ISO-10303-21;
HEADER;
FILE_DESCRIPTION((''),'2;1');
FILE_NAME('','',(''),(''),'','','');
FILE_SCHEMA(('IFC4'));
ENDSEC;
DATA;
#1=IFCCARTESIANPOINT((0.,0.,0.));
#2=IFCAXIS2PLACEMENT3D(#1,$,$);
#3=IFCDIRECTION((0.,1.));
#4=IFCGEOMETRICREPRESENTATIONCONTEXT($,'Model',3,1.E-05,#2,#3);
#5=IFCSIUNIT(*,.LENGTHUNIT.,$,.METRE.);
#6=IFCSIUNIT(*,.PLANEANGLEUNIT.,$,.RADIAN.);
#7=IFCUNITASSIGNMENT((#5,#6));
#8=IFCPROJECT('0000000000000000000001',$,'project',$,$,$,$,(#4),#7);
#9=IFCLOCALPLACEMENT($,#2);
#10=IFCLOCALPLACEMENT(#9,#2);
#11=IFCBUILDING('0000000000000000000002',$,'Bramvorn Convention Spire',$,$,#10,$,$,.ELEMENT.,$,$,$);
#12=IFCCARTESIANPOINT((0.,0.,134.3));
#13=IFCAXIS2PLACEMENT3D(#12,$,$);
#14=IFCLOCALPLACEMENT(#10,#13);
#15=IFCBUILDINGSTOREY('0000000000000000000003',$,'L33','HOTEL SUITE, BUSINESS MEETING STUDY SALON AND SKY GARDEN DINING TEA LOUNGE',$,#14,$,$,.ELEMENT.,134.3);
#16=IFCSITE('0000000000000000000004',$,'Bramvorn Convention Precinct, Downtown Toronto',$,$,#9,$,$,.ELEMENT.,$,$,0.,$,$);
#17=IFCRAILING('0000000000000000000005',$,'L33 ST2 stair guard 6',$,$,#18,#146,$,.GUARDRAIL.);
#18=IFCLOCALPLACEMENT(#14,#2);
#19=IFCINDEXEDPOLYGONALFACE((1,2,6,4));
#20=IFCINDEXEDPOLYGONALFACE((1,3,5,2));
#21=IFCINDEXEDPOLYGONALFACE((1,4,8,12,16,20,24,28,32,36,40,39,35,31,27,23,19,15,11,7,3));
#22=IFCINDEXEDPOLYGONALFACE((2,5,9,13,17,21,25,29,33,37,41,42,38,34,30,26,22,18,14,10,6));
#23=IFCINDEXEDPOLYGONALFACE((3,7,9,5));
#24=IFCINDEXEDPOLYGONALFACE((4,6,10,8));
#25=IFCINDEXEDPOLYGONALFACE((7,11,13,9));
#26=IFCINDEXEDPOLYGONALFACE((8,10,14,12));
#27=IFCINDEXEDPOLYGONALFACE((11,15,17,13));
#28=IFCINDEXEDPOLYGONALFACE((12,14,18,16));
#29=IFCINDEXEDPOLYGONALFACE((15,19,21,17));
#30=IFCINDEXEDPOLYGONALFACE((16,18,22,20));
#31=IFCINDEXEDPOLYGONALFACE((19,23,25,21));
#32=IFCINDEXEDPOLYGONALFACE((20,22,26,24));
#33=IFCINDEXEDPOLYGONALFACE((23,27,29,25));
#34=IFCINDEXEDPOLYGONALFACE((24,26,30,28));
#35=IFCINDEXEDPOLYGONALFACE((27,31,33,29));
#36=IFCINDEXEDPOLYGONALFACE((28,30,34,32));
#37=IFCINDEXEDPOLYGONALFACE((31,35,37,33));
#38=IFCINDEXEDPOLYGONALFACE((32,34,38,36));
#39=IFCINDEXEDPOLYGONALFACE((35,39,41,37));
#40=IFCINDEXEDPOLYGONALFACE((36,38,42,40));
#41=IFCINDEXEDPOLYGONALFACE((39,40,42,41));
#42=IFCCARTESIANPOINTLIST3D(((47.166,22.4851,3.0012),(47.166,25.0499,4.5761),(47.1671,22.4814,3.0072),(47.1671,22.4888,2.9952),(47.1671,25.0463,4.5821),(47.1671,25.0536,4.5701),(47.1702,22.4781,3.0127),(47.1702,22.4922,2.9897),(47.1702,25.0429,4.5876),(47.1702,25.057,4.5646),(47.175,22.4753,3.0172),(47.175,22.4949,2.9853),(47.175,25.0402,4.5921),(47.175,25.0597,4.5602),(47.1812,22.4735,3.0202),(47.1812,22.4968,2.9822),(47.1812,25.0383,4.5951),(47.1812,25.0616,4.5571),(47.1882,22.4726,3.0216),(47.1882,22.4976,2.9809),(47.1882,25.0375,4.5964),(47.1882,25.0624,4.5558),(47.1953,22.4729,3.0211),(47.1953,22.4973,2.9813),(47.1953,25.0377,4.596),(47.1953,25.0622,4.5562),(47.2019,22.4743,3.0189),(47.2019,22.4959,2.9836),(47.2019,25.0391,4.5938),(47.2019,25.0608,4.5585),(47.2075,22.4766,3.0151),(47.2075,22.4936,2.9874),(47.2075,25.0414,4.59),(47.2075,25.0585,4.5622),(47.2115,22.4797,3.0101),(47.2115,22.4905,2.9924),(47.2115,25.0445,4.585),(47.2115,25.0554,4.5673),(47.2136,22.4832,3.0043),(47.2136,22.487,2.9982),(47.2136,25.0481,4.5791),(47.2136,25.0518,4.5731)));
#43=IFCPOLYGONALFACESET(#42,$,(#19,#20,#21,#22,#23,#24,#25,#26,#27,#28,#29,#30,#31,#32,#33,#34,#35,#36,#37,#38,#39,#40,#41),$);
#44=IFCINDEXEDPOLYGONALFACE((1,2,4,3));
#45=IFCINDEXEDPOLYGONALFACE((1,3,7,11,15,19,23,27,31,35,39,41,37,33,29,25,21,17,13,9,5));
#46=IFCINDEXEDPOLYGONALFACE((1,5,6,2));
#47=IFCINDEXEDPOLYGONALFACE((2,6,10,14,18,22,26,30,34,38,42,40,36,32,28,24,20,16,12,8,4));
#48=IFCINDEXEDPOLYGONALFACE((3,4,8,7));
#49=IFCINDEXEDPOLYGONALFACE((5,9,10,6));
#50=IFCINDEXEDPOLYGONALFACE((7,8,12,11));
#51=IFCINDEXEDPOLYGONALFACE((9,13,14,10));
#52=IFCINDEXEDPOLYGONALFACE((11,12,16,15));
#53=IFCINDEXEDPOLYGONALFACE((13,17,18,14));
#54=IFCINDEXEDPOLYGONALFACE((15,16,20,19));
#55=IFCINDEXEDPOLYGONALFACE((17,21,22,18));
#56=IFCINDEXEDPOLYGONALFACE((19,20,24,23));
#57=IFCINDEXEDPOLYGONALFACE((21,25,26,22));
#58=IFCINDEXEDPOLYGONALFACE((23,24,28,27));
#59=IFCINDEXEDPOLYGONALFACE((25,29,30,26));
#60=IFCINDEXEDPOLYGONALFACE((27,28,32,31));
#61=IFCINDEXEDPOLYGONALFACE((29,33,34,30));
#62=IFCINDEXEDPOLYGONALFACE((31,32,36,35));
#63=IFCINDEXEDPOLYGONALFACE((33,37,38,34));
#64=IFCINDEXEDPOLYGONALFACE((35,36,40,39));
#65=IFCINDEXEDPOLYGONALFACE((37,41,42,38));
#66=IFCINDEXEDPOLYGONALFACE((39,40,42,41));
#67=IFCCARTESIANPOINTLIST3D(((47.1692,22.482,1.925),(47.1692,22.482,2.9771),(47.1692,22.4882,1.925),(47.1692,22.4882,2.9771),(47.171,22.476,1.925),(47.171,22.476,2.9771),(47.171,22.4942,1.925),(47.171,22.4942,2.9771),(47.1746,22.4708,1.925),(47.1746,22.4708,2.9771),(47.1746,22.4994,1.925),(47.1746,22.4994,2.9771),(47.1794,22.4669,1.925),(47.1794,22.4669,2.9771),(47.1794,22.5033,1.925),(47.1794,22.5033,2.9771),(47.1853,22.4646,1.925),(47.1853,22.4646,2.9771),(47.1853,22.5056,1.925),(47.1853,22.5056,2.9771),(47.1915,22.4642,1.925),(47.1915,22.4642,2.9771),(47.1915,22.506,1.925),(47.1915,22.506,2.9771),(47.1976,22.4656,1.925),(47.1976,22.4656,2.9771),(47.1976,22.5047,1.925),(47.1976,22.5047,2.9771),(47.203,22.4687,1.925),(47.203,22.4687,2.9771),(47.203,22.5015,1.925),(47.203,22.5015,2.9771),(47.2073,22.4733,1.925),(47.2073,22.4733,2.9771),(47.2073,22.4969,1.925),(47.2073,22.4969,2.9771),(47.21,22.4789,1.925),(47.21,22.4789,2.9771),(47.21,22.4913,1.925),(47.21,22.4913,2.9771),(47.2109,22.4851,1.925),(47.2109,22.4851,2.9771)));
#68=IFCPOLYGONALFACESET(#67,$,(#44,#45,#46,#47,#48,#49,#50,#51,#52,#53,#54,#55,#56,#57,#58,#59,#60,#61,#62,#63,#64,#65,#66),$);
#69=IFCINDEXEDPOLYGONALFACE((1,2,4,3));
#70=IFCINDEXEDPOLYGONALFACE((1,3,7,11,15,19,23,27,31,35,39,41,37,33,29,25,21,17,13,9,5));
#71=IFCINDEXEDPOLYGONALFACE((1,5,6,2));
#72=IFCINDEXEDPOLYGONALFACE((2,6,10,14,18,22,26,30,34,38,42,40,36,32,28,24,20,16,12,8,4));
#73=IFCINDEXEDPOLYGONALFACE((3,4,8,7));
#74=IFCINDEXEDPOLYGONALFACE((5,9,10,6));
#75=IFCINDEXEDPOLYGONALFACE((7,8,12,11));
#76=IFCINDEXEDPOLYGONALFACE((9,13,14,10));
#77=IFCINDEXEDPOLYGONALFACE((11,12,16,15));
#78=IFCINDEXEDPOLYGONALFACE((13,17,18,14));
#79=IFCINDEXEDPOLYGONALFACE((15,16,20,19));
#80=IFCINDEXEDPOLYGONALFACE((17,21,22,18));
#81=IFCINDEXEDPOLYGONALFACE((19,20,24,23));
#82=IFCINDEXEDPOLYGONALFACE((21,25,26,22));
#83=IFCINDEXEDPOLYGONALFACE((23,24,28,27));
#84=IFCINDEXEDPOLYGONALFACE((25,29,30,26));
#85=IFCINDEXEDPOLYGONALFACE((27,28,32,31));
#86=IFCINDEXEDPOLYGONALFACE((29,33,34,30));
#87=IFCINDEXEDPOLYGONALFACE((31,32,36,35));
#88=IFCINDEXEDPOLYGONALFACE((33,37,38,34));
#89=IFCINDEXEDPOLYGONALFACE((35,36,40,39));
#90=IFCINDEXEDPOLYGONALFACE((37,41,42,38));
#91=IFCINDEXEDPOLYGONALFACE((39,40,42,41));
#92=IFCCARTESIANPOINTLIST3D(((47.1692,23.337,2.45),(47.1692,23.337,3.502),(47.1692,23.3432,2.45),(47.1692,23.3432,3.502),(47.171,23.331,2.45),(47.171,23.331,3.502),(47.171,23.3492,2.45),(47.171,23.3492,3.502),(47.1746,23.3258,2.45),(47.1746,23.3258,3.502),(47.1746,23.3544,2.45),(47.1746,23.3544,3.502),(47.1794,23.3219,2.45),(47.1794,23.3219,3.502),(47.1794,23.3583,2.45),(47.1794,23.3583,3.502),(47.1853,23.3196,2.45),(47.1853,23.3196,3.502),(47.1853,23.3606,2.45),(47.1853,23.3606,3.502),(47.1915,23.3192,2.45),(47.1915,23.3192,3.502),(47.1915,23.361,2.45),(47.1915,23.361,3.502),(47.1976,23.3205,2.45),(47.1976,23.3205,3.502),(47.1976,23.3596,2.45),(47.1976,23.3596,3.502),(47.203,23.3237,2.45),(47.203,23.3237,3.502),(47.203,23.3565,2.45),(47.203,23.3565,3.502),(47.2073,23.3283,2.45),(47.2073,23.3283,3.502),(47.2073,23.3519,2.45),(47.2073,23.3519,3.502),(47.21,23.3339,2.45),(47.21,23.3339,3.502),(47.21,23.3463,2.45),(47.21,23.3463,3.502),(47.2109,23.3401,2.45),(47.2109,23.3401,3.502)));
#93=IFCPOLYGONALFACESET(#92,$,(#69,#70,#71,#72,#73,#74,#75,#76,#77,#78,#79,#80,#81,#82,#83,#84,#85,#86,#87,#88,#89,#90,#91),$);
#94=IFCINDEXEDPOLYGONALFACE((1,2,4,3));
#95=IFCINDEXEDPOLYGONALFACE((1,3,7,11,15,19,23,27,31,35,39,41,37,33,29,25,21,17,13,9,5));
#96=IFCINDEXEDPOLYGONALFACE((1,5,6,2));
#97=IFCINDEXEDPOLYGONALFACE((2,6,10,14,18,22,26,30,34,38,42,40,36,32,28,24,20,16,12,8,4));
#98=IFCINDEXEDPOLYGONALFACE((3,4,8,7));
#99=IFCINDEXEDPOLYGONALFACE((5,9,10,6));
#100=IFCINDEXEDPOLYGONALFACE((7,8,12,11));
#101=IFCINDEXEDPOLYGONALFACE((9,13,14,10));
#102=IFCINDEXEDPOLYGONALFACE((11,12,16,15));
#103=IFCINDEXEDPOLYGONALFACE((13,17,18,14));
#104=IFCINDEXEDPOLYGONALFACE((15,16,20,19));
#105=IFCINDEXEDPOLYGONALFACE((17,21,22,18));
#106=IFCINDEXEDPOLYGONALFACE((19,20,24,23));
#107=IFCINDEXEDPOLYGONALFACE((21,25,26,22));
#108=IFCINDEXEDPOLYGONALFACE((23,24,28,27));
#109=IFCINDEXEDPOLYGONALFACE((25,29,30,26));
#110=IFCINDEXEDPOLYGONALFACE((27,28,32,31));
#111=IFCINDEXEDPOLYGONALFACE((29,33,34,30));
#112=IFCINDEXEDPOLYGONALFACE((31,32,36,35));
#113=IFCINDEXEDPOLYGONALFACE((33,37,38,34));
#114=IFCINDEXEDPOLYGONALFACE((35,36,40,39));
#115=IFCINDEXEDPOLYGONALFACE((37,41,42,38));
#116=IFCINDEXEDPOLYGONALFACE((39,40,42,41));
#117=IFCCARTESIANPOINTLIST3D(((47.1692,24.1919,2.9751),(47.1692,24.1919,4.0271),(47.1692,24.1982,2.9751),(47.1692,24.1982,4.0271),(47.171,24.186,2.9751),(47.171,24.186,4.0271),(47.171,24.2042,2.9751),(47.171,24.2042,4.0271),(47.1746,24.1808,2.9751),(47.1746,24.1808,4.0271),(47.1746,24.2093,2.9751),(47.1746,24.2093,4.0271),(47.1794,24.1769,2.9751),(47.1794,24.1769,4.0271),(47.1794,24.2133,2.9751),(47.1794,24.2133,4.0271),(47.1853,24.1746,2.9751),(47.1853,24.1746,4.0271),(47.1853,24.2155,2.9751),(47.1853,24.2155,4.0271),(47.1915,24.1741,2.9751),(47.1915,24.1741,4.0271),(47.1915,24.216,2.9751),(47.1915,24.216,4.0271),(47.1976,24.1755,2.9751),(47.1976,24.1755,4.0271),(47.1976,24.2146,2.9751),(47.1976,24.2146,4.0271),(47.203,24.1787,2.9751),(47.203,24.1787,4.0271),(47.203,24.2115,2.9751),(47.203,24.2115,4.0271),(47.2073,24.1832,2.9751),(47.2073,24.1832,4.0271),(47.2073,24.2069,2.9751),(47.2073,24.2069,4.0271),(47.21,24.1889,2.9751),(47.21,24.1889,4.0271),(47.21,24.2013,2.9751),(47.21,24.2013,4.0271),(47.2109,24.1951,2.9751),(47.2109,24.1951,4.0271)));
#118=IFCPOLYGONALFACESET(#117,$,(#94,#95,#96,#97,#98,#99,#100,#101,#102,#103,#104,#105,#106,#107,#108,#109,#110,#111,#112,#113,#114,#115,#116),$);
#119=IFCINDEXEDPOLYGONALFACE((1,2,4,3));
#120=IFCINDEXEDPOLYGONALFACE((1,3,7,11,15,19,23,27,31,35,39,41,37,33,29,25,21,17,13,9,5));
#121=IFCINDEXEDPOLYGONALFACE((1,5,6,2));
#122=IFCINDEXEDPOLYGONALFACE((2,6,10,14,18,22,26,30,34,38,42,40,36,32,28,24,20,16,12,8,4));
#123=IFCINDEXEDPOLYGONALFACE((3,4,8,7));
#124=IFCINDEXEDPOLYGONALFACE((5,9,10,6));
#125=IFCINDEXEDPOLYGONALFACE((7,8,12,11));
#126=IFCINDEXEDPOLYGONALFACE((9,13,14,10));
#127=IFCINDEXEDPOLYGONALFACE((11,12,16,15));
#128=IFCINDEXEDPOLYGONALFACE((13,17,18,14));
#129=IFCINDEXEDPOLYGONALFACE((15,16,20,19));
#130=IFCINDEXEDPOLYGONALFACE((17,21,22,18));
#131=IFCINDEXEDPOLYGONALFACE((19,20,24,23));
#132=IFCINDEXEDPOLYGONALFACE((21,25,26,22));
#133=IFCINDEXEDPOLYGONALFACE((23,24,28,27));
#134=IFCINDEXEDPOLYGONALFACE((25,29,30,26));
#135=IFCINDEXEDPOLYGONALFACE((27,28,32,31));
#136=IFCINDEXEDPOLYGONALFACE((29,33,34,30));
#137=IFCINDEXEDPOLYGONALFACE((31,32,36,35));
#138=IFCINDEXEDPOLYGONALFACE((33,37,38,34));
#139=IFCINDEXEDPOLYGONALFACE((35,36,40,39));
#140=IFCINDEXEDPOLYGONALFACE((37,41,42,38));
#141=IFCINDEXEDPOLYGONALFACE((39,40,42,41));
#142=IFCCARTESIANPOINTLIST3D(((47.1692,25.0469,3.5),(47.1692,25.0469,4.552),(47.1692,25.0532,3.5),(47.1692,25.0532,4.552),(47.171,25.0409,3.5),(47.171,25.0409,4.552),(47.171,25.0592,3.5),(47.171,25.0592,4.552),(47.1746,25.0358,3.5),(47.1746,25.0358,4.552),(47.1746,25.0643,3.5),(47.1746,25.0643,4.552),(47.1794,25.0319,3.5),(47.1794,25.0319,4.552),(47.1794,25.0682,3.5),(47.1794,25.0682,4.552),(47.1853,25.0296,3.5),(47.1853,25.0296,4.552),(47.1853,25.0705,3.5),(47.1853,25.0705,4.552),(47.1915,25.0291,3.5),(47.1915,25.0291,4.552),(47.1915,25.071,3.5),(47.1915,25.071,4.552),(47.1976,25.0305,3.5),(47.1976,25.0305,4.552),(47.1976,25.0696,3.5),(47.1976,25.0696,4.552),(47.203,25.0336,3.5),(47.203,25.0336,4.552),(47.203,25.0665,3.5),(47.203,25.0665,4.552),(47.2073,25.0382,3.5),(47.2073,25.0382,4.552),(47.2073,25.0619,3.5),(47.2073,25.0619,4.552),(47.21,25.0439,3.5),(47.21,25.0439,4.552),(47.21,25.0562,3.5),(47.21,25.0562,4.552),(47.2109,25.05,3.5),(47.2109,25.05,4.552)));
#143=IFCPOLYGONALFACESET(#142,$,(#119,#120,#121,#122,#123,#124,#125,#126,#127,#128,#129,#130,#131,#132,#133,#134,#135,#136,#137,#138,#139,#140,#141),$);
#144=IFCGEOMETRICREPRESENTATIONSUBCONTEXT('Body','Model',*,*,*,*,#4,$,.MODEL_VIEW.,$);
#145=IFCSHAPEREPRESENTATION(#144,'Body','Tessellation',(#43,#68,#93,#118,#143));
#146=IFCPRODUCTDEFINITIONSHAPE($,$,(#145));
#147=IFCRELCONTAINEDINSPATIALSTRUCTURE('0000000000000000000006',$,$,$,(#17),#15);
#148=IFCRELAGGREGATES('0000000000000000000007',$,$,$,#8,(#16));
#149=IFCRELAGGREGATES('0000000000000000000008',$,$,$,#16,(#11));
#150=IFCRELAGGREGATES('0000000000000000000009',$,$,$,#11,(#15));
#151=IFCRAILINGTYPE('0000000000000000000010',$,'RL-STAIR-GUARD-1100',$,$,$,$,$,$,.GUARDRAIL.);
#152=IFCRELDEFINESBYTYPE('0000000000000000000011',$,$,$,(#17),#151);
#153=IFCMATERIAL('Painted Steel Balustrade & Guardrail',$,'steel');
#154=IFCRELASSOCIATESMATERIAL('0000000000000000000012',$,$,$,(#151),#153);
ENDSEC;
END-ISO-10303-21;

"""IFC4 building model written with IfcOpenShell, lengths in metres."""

from ifc_helpers import new_model, si_unit, direction, frame, origin, origin_2d, place, context, subcontext, project, spatial, circle, extrude, material, type_object, element, save


model = new_model("IFC4")

# Units and contexts
model_context = context("Model", 3, precision=1e-05, world=origin(), true_north=direction((0.0, 1.0)))
body_context = subcontext(model_context, "Body", "Model", "MODEL_VIEW")
ifc_project = project(units=[si_unit("LENGTHUNIT", "METRE"), si_unit("PLANEANGLEUNIT", "RADIAN")], contexts=[model_context])

# Site, building, storey
site_placement = place(None, origin())
site = spatial("IfcSite", under=ifc_project, at=site_placement, Name="Bramvorn Convention Precinct, Downtown Toronto", CompositionType="ELEMENT", RefElevation=0.0)
building_placement = place(site_placement, origin())
building = spatial("IfcBuilding", under=site, at=building_placement, Name="Bramvorn Convention Spire", CompositionType="ELEMENT")
storey_placement = place(building_placement, frame((0.0, 0.0, 134.3)))
storey = spatial("IfcBuildingStorey", under=building, at=storey_placement, Name="L33", Description="HOTEL SUITE, BUSINESS MEETING STUDY SALON AND SKY GARDEN DINING TEA LOUNGE", CompositionType="ELEMENT", Elevation=134.3)

# Railing
ifc_material_1 = material(Name="Painted Steel Balustrade & Guardrail", Category="steel")
railing_type_1 = type_object("IfcRailingType", Name="RL-STAIR-GUARD-1100", PredefinedType="GUARDRAIL", material=ifc_material_1)
railing_1_placement = place(storey_placement, frame((47.1899, 22.4851, 1.925)))
element("IfcRailing", 1, at=railing_1_placement, inside=storey, type_object=railing_type_1, Name="L33 ST2 stair guard 6", PredefinedType="GUARDRAIL", context=body_context, shape_type="SweptSolid", body=[
    extrude(circle(Radius=0.0239, at=origin_2d()), frame((0.0, 0.0, 1.0762), z_axis=(0.0, 0.852173, 0.52326), x_axis=(-1.0, 0.0, 0.0)), (0.0, 0.0, 1.0), 3.0098),
    extrude(circle(Radius=0.021, at=origin_2d()), origin(), (0.0, 0.0, 1.0), 1.052),
    extrude(circle(Radius=0.021, at=origin_2d()), frame((0.0, 0.855, 0.5249)), (0.0, 0.0, 1.0), 1.052),
    extrude(circle(Radius=0.021, at=origin_2d()), frame((0.0, 1.71, 1.05)), (0.0, 0.0, 1.0), 1.052),
    extrude(circle(Radius=0.021, at=origin_2d()), frame((0.0, 2.5649, 1.575)), (0.0, 0.0, 1.0), 1.052),
])

save(model, "model.ifc")
